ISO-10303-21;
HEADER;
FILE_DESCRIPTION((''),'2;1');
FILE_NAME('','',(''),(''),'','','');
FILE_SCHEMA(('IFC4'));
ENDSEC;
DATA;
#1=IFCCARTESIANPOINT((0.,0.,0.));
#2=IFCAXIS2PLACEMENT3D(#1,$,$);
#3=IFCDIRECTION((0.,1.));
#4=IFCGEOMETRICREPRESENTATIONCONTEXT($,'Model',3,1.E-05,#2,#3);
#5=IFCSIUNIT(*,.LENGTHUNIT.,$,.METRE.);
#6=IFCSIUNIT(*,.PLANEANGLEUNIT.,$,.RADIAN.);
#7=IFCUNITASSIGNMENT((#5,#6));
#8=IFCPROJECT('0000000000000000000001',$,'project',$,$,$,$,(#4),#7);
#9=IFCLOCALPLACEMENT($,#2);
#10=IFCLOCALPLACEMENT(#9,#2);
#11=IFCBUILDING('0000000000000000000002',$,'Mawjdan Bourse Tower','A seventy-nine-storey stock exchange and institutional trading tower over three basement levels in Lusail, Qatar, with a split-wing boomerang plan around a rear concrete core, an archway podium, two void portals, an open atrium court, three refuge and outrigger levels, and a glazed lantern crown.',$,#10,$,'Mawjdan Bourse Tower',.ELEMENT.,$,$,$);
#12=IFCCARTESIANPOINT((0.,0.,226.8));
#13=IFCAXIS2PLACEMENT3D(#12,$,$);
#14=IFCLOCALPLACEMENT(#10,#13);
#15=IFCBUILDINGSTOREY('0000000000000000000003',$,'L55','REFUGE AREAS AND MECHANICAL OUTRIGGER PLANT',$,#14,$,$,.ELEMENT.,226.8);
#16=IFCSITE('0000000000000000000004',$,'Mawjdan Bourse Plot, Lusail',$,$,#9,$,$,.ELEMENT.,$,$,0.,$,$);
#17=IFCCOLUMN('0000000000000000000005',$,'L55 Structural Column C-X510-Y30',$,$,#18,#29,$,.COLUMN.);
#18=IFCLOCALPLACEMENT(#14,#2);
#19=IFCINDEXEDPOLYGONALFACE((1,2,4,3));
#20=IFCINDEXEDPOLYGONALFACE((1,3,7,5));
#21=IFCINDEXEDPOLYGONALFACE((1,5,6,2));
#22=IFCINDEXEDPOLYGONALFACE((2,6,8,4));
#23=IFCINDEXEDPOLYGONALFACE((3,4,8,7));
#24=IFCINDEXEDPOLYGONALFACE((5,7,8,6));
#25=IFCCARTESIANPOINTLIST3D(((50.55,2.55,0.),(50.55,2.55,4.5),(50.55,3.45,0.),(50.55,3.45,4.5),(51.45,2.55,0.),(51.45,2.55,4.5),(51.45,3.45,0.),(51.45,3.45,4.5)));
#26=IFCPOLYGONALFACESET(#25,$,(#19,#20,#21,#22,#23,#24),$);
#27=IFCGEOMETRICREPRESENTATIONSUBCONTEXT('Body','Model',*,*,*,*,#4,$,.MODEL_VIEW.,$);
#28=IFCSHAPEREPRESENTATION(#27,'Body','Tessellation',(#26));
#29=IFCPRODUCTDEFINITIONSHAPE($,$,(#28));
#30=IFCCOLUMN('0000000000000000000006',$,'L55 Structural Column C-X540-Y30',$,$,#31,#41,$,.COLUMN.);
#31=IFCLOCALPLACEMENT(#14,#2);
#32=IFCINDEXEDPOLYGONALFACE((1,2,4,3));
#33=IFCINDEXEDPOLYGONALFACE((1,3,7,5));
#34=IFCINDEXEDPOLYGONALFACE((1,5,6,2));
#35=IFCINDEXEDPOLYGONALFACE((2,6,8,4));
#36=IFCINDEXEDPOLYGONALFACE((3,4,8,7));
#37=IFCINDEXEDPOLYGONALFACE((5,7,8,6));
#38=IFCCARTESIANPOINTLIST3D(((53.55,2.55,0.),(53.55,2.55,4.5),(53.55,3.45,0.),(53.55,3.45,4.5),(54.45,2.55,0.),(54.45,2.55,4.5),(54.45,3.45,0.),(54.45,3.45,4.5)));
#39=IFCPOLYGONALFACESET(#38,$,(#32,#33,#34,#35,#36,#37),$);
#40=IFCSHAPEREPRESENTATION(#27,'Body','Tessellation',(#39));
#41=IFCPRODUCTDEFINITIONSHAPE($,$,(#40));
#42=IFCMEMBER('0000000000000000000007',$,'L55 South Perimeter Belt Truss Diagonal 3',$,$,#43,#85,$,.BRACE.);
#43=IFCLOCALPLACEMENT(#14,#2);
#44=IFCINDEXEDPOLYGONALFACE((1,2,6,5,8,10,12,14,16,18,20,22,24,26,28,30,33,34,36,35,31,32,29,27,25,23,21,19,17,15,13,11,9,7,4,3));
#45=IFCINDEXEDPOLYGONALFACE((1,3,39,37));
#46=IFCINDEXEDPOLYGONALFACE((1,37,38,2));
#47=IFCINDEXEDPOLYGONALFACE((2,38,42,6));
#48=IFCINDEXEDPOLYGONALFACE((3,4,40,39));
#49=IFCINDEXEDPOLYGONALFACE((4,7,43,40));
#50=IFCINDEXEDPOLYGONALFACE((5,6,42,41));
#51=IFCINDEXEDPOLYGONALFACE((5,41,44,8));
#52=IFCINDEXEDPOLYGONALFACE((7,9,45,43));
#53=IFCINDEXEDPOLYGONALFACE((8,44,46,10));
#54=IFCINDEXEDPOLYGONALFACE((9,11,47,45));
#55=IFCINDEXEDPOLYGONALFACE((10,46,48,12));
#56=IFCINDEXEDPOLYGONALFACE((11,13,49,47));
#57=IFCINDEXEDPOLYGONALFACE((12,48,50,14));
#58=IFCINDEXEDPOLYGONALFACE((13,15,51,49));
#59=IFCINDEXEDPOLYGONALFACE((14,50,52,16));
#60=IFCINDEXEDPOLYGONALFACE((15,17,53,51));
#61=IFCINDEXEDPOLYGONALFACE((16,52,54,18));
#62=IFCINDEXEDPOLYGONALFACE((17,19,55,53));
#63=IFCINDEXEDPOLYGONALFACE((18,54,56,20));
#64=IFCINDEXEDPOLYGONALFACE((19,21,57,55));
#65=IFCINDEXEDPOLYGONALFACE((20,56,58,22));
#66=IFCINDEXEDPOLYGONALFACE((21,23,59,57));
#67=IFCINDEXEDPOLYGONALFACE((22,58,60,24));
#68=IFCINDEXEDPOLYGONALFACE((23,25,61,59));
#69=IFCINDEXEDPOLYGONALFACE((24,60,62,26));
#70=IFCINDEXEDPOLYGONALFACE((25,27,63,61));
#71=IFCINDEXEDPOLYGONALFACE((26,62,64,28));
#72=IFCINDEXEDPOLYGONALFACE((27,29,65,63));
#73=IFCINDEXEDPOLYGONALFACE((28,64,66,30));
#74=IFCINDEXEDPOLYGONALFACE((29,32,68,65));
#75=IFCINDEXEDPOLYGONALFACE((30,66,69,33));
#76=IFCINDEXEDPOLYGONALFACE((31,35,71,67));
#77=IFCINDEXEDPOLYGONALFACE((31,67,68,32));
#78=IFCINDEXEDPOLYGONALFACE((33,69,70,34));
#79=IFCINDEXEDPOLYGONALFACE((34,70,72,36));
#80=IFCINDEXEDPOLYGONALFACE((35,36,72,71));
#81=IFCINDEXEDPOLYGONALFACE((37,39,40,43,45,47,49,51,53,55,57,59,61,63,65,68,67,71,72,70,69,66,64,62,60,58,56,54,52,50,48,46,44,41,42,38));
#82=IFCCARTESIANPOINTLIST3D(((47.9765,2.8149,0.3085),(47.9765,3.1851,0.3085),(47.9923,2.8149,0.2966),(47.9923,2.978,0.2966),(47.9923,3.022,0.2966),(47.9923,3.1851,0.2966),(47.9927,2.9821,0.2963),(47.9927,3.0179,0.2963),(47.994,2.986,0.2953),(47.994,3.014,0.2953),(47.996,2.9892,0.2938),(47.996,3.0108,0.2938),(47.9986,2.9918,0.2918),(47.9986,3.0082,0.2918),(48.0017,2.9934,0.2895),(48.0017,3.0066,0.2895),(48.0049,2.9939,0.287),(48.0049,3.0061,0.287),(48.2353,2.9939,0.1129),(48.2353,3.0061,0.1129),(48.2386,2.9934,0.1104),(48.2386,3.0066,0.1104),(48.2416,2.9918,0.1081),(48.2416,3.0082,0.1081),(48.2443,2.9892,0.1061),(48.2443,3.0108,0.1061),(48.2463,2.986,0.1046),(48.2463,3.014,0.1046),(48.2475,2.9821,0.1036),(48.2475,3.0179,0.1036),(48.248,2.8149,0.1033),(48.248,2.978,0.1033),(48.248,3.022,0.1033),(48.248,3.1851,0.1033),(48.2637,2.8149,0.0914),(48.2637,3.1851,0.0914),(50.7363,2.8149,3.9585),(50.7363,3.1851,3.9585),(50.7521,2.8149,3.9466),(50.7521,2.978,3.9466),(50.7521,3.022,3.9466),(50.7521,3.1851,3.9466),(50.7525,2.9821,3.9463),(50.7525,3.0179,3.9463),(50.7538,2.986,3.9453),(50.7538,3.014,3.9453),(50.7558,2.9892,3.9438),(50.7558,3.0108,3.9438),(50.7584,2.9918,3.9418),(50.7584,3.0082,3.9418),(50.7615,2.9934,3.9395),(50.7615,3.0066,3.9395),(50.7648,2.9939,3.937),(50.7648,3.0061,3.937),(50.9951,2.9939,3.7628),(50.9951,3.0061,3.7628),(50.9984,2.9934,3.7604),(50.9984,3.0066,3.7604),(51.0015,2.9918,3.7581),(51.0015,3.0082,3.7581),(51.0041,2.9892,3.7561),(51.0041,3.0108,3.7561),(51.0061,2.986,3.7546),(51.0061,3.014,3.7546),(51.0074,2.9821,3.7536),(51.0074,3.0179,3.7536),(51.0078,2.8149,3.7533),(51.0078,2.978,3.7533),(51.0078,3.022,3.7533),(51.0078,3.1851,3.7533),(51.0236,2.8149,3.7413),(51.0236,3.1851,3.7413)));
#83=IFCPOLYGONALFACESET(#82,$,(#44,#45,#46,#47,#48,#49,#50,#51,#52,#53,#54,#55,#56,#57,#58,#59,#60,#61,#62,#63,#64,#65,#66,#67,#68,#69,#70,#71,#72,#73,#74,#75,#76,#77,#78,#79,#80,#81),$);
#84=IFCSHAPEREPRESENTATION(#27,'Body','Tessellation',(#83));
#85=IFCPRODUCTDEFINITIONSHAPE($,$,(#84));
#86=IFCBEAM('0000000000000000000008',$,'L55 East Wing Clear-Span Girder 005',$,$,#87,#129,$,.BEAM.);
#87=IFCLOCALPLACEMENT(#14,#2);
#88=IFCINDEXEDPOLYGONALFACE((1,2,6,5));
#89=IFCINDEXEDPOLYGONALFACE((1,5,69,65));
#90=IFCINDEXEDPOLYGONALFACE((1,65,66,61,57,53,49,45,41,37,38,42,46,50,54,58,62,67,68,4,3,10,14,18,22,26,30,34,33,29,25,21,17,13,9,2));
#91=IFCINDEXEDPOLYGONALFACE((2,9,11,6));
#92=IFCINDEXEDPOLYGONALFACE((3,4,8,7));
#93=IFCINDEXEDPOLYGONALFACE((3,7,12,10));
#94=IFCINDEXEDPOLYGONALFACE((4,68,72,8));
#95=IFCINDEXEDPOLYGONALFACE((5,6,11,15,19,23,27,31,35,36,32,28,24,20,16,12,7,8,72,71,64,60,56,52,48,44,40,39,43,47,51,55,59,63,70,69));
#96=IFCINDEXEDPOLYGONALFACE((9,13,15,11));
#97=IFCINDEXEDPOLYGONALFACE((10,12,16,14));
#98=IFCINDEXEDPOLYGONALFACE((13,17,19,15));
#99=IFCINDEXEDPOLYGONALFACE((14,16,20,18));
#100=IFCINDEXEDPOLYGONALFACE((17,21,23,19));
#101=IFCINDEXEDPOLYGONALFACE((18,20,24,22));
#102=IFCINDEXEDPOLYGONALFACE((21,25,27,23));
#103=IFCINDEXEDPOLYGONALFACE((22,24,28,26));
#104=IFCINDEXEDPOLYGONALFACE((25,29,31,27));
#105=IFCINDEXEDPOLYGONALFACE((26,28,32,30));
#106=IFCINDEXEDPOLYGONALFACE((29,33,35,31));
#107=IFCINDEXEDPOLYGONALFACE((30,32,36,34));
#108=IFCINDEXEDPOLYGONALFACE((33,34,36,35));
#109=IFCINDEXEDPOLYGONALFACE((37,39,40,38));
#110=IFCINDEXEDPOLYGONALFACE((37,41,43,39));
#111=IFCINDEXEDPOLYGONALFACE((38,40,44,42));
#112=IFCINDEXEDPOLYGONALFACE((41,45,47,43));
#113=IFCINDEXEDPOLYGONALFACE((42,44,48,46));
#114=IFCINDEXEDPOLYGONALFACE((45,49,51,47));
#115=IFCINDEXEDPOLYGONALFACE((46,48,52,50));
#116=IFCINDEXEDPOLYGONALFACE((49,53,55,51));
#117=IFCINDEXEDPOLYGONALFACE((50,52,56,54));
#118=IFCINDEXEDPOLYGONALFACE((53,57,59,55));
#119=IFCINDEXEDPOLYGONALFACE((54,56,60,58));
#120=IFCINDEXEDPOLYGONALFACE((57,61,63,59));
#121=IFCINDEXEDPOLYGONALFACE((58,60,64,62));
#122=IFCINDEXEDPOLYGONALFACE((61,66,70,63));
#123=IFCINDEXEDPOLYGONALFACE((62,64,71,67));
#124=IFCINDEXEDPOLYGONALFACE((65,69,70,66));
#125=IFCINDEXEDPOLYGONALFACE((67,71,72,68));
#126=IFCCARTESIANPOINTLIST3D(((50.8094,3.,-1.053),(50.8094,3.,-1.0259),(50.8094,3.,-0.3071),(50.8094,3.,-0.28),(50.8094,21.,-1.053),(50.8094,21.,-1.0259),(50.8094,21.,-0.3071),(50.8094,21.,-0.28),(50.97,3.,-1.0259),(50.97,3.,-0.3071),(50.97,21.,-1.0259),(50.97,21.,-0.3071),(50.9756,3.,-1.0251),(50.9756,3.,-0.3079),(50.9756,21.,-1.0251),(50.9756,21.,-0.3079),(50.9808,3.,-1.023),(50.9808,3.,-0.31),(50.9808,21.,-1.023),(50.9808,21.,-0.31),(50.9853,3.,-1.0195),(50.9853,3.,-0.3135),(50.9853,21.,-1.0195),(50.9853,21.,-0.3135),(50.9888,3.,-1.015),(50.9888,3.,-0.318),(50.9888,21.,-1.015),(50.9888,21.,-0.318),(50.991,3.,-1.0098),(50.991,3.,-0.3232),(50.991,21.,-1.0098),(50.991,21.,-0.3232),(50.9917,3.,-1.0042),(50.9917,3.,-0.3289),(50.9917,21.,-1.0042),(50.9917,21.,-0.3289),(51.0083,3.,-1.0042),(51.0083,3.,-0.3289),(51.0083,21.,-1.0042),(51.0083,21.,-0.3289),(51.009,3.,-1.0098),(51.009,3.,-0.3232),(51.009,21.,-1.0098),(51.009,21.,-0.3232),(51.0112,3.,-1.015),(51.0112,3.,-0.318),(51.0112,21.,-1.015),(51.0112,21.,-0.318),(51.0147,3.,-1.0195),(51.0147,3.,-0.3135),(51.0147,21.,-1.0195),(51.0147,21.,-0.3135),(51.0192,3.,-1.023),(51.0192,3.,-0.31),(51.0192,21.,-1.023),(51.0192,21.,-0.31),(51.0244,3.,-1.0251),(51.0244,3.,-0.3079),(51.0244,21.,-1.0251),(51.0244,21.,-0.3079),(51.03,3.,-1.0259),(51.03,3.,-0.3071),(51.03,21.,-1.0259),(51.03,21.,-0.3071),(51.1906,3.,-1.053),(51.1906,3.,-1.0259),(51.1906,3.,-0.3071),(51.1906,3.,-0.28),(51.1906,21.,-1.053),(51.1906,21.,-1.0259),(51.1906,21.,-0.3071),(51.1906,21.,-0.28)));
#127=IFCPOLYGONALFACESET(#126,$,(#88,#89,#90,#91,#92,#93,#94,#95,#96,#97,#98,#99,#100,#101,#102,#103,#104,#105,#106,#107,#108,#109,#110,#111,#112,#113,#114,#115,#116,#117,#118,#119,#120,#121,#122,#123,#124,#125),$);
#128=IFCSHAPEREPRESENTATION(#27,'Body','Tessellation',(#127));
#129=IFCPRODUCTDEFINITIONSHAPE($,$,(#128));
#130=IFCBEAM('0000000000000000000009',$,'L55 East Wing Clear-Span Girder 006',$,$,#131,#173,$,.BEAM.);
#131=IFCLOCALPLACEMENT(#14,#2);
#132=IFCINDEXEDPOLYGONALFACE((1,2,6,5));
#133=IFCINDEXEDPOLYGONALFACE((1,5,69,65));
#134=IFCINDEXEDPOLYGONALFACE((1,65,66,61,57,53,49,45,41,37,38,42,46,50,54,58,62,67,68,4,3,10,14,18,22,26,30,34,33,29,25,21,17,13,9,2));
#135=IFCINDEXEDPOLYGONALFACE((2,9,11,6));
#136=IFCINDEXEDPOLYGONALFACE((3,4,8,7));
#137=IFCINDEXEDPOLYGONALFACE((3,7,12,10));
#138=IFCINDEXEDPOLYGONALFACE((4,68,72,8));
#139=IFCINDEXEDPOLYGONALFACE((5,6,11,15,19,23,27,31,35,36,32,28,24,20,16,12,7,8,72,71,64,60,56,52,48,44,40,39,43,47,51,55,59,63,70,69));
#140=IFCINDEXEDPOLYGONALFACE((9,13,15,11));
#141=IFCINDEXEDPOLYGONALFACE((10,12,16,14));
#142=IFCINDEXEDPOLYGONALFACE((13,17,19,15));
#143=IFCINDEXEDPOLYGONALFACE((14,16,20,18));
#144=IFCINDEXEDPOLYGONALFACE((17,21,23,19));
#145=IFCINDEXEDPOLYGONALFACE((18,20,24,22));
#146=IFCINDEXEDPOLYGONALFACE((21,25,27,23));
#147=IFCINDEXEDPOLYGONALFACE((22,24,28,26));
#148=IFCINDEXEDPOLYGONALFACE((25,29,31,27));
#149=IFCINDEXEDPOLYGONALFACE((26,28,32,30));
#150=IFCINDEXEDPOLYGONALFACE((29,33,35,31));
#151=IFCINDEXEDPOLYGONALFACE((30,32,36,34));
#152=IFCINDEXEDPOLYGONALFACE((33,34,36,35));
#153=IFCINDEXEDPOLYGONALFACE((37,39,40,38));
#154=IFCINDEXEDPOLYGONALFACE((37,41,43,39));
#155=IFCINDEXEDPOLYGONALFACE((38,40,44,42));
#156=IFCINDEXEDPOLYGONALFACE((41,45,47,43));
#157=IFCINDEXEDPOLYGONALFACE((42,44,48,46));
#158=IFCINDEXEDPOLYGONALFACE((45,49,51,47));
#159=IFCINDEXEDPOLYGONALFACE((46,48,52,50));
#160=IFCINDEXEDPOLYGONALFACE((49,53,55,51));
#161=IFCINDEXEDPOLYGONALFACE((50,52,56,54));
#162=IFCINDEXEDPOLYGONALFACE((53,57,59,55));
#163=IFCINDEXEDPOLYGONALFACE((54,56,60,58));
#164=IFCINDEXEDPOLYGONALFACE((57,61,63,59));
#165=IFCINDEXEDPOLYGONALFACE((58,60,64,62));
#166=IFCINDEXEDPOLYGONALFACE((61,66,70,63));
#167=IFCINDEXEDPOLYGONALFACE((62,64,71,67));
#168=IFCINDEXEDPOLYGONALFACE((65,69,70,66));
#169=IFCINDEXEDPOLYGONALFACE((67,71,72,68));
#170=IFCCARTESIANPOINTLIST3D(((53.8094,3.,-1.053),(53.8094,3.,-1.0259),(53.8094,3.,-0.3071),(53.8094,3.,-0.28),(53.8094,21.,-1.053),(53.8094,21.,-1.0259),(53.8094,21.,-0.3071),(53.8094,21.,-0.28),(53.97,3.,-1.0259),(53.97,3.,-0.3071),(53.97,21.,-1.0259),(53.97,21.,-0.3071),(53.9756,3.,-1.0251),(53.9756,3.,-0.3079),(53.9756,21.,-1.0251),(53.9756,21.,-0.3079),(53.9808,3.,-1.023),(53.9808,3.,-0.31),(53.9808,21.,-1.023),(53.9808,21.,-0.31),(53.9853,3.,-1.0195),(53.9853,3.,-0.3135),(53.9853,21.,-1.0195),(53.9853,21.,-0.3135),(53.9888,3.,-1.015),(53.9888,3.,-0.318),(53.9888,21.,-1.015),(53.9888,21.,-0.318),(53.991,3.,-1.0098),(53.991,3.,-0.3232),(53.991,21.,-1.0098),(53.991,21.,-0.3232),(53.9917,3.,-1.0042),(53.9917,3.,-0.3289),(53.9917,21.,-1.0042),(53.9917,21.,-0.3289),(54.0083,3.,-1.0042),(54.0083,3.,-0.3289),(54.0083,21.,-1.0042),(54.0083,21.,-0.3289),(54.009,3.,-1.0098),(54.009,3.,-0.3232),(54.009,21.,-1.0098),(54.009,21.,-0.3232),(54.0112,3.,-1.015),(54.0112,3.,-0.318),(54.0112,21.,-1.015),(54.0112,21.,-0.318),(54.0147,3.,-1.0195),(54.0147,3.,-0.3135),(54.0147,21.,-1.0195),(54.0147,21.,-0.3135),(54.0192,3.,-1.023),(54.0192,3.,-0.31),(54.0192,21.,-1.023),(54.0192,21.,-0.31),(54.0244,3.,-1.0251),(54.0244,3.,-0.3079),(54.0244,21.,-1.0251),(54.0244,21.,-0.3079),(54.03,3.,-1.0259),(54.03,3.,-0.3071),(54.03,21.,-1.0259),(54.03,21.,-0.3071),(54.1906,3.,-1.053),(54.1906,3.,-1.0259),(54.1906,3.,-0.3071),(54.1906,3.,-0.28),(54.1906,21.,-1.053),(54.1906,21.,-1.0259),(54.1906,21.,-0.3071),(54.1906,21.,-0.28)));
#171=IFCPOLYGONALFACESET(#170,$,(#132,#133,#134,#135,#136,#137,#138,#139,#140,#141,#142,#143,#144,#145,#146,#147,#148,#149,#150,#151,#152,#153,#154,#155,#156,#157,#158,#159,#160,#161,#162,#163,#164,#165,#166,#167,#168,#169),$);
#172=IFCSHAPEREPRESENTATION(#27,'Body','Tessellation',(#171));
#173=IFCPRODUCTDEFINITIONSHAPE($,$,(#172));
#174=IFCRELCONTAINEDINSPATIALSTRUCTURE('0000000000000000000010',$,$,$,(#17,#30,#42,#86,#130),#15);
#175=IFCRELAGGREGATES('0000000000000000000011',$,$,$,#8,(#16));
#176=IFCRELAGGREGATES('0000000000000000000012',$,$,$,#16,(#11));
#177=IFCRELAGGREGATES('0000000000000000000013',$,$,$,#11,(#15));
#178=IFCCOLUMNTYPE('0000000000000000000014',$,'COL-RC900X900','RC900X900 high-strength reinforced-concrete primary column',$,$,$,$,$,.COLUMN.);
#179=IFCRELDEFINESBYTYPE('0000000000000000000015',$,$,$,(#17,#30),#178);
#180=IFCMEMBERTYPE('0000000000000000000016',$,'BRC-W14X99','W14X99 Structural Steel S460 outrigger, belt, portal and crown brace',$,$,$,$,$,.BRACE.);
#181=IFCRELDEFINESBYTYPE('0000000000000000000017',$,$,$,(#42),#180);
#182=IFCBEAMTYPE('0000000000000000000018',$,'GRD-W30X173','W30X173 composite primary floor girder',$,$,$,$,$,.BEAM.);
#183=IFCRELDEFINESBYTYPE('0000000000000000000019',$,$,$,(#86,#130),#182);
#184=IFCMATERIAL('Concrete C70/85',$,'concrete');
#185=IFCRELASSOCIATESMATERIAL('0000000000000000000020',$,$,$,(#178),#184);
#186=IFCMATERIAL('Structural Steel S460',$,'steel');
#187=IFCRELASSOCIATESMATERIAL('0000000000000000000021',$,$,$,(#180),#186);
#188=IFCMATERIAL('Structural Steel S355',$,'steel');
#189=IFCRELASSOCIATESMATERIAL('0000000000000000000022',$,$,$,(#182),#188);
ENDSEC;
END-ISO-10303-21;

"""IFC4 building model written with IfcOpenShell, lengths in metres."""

from ifc_helpers import new_model, si_unit, direction, frame, origin, origin_2d, place, context, subcontext, project, spatial, rectangle, i_section, extrude, material, material_profile, profile_set, type_object, element, save


model = new_model("IFC4")

# Units and contexts
model_context = context("Model", 3, precision=1e-05, world=origin(), true_north=direction((0.0, 1.0)))
body_context = subcontext(model_context, "Body", "Model", "MODEL_VIEW")
ifc_project = project(units=[si_unit("LENGTHUNIT", "METRE"), si_unit("PLANEANGLEUNIT", "RADIAN")], contexts=[model_context])

# Site, building, storey
site_placement = place(None, origin())
site = spatial("IfcSite", under=ifc_project, at=site_placement, Name="Mawjdan Bourse Plot, Lusail", CompositionType="ELEMENT", RefElevation=0.0)
building_placement = place(site_placement, origin())
building = spatial("IfcBuilding", under=site, at=building_placement, Name="Mawjdan Bourse Tower", Description="A seventy-nine-storey stock exchange and institutional trading tower over three basement levels in Lusail, Qatar, with a split-wing boomerang plan around a rear concrete core, an archway podium, two void portals, an open atrium court, three refuge and outrigger levels, and a glazed lantern crown.", LongName="Mawjdan Bourse Tower", CompositionType="ELEMENT")
storey_placement = place(building_placement, frame((0.0, 0.0, 226.8)))
storey = spatial("IfcBuildingStorey", under=building, at=storey_placement, Name="L55", Description="REFUGE AREAS AND MECHANICAL OUTRIGGER PLANT", CompositionType="ELEMENT", Elevation=226.8)

# Columns
ifc_material_1 = material(Name="Concrete C70/85", Category="concrete")
ifc_material_profile_1 = material_profile(ifc_material_1, rectangle(XDim=0.8999, YDim=0.8999, at=origin_2d()), Name="RC900X900")
ifc_profile_set_1 = profile_set([ifc_material_profile_1], Name="Concrete C70/85")
column_type = type_object("IfcColumnType", Name="COL-RC900X900", Description="RC900X900 high-strength reinforced-concrete primary column", PredefinedType="COLUMN", material=ifc_profile_set_1)
for number, where, z_axis, x_axis, name in (
    (1, (51.0, 3.0, 0.0), (0.0, 0.0, 1.0), (1.0, 0.0, 0.0), "L55 Structural Column C-X510-Y30"),
    (2, (54.0, 3.0, 0.0), (0.0, 0.0, 1.0), (1.0, 0.0, 0.0), "L55 Structural Column C-X540-Y30"),
):
    element("IfcColumn", number, at=place(storey_placement, frame(where, z_axis=z_axis, x_axis=x_axis)), inside=storey, type_object=column_type, Name=name, PredefinedType="COLUMN", context=body_context, shape_type="SweptSolid", body=[
        extrude(rectangle(XDim=0.8999, YDim=0.8999, at=origin_2d()), origin(), (0.0, 0.0, 1.0), 4.5),
    ])

# Member
ifc_material_2 = material(Name="Structural Steel S460", Category="steel")
ifc_material_profile_2 = material_profile(ifc_material_2, i_section(OverallWidth=0.3701, OverallDepth=0.3601, WebThickness=0.0122, FlangeThickness=0.0198, FilletRadius=0.0159, at=origin_2d()), Name="W14X99")
ifc_profile_set_2 = profile_set([ifc_material_profile_2], Name="Structural Steel S460")
member_type_1 = type_object("IfcMemberType", Name="BRC-W14X99", Description="W14X99 Structural Steel S460 outrigger, belt, portal and crown brace", PredefinedType="BRACE", material=ifc_profile_set_2)
member_1_placement = place(storey_placement, frame((48.1201, 3.0, 0.2), z_axis=(0.60312, 0.0, 0.797651), x_axis=(0.0, 1.0, 0.0)))
element("IfcMember", 3, at=member_1_placement, inside=storey, type_object=member_type_1, Name="L55 South Perimeter Belt Truss Diagonal 3", PredefinedType="BRACE", context=body_context, shape_type="SweptSolid", body=[
    extrude(i_section(OverallWidth=0.3701, OverallDepth=0.3601, WebThickness=0.0122, FlangeThickness=0.0198, FilletRadius=0.0159, at=origin_2d()), origin(), (0.0, 0.0, 1.0), 4.5759),
])

# Beams
ifc_material_3 = material(Name="Structural Steel S355", Category="steel")
ifc_material_profile_3 = material_profile(ifc_material_3, i_section(OverallWidth=0.3811, OverallDepth=0.7729, WebThickness=0.0166, FlangeThickness=0.0271, FilletRadius=0.0217, at=origin_2d()), Name="W30X173")
ifc_profile_set_3 = profile_set([ifc_material_profile_3], Name="Structural Steel S355")
beam_type_1 = type_object("IfcBeamType", Name="GRD-W30X173", Description="W30X173 composite primary floor girder", PredefinedType="BEAM", material=ifc_profile_set_3)
for number, where, z_axis, x_axis, name in (
    (4, (51.0, 3.0, -0.6665), (0.0, 1.0, 0.0), (-1.0, 0.0, 0.0), "L55 East Wing Clear-Span Girder 005"),
    (5, (54.0, 3.0, -0.6665), (0.0, 1.0, 0.0), (-1.0, 0.0, 0.0), "L55 East Wing Clear-Span Girder 006"),
):
    element("IfcBeam", number, at=place(storey_placement, frame(where, z_axis=z_axis, x_axis=x_axis)), inside=storey, type_object=beam_type_1, Name=name, PredefinedType="BEAM", context=body_context, shape_type="SweptSolid", body=[
        extrude(i_section(OverallWidth=0.3811, OverallDepth=0.7729, WebThickness=0.0166, FlangeThickness=0.0271, FilletRadius=0.0217, at=origin_2d()), origin(), (0.0, 0.0, 1.0), 18.0),
    ])

save(model, "model.ifc")
